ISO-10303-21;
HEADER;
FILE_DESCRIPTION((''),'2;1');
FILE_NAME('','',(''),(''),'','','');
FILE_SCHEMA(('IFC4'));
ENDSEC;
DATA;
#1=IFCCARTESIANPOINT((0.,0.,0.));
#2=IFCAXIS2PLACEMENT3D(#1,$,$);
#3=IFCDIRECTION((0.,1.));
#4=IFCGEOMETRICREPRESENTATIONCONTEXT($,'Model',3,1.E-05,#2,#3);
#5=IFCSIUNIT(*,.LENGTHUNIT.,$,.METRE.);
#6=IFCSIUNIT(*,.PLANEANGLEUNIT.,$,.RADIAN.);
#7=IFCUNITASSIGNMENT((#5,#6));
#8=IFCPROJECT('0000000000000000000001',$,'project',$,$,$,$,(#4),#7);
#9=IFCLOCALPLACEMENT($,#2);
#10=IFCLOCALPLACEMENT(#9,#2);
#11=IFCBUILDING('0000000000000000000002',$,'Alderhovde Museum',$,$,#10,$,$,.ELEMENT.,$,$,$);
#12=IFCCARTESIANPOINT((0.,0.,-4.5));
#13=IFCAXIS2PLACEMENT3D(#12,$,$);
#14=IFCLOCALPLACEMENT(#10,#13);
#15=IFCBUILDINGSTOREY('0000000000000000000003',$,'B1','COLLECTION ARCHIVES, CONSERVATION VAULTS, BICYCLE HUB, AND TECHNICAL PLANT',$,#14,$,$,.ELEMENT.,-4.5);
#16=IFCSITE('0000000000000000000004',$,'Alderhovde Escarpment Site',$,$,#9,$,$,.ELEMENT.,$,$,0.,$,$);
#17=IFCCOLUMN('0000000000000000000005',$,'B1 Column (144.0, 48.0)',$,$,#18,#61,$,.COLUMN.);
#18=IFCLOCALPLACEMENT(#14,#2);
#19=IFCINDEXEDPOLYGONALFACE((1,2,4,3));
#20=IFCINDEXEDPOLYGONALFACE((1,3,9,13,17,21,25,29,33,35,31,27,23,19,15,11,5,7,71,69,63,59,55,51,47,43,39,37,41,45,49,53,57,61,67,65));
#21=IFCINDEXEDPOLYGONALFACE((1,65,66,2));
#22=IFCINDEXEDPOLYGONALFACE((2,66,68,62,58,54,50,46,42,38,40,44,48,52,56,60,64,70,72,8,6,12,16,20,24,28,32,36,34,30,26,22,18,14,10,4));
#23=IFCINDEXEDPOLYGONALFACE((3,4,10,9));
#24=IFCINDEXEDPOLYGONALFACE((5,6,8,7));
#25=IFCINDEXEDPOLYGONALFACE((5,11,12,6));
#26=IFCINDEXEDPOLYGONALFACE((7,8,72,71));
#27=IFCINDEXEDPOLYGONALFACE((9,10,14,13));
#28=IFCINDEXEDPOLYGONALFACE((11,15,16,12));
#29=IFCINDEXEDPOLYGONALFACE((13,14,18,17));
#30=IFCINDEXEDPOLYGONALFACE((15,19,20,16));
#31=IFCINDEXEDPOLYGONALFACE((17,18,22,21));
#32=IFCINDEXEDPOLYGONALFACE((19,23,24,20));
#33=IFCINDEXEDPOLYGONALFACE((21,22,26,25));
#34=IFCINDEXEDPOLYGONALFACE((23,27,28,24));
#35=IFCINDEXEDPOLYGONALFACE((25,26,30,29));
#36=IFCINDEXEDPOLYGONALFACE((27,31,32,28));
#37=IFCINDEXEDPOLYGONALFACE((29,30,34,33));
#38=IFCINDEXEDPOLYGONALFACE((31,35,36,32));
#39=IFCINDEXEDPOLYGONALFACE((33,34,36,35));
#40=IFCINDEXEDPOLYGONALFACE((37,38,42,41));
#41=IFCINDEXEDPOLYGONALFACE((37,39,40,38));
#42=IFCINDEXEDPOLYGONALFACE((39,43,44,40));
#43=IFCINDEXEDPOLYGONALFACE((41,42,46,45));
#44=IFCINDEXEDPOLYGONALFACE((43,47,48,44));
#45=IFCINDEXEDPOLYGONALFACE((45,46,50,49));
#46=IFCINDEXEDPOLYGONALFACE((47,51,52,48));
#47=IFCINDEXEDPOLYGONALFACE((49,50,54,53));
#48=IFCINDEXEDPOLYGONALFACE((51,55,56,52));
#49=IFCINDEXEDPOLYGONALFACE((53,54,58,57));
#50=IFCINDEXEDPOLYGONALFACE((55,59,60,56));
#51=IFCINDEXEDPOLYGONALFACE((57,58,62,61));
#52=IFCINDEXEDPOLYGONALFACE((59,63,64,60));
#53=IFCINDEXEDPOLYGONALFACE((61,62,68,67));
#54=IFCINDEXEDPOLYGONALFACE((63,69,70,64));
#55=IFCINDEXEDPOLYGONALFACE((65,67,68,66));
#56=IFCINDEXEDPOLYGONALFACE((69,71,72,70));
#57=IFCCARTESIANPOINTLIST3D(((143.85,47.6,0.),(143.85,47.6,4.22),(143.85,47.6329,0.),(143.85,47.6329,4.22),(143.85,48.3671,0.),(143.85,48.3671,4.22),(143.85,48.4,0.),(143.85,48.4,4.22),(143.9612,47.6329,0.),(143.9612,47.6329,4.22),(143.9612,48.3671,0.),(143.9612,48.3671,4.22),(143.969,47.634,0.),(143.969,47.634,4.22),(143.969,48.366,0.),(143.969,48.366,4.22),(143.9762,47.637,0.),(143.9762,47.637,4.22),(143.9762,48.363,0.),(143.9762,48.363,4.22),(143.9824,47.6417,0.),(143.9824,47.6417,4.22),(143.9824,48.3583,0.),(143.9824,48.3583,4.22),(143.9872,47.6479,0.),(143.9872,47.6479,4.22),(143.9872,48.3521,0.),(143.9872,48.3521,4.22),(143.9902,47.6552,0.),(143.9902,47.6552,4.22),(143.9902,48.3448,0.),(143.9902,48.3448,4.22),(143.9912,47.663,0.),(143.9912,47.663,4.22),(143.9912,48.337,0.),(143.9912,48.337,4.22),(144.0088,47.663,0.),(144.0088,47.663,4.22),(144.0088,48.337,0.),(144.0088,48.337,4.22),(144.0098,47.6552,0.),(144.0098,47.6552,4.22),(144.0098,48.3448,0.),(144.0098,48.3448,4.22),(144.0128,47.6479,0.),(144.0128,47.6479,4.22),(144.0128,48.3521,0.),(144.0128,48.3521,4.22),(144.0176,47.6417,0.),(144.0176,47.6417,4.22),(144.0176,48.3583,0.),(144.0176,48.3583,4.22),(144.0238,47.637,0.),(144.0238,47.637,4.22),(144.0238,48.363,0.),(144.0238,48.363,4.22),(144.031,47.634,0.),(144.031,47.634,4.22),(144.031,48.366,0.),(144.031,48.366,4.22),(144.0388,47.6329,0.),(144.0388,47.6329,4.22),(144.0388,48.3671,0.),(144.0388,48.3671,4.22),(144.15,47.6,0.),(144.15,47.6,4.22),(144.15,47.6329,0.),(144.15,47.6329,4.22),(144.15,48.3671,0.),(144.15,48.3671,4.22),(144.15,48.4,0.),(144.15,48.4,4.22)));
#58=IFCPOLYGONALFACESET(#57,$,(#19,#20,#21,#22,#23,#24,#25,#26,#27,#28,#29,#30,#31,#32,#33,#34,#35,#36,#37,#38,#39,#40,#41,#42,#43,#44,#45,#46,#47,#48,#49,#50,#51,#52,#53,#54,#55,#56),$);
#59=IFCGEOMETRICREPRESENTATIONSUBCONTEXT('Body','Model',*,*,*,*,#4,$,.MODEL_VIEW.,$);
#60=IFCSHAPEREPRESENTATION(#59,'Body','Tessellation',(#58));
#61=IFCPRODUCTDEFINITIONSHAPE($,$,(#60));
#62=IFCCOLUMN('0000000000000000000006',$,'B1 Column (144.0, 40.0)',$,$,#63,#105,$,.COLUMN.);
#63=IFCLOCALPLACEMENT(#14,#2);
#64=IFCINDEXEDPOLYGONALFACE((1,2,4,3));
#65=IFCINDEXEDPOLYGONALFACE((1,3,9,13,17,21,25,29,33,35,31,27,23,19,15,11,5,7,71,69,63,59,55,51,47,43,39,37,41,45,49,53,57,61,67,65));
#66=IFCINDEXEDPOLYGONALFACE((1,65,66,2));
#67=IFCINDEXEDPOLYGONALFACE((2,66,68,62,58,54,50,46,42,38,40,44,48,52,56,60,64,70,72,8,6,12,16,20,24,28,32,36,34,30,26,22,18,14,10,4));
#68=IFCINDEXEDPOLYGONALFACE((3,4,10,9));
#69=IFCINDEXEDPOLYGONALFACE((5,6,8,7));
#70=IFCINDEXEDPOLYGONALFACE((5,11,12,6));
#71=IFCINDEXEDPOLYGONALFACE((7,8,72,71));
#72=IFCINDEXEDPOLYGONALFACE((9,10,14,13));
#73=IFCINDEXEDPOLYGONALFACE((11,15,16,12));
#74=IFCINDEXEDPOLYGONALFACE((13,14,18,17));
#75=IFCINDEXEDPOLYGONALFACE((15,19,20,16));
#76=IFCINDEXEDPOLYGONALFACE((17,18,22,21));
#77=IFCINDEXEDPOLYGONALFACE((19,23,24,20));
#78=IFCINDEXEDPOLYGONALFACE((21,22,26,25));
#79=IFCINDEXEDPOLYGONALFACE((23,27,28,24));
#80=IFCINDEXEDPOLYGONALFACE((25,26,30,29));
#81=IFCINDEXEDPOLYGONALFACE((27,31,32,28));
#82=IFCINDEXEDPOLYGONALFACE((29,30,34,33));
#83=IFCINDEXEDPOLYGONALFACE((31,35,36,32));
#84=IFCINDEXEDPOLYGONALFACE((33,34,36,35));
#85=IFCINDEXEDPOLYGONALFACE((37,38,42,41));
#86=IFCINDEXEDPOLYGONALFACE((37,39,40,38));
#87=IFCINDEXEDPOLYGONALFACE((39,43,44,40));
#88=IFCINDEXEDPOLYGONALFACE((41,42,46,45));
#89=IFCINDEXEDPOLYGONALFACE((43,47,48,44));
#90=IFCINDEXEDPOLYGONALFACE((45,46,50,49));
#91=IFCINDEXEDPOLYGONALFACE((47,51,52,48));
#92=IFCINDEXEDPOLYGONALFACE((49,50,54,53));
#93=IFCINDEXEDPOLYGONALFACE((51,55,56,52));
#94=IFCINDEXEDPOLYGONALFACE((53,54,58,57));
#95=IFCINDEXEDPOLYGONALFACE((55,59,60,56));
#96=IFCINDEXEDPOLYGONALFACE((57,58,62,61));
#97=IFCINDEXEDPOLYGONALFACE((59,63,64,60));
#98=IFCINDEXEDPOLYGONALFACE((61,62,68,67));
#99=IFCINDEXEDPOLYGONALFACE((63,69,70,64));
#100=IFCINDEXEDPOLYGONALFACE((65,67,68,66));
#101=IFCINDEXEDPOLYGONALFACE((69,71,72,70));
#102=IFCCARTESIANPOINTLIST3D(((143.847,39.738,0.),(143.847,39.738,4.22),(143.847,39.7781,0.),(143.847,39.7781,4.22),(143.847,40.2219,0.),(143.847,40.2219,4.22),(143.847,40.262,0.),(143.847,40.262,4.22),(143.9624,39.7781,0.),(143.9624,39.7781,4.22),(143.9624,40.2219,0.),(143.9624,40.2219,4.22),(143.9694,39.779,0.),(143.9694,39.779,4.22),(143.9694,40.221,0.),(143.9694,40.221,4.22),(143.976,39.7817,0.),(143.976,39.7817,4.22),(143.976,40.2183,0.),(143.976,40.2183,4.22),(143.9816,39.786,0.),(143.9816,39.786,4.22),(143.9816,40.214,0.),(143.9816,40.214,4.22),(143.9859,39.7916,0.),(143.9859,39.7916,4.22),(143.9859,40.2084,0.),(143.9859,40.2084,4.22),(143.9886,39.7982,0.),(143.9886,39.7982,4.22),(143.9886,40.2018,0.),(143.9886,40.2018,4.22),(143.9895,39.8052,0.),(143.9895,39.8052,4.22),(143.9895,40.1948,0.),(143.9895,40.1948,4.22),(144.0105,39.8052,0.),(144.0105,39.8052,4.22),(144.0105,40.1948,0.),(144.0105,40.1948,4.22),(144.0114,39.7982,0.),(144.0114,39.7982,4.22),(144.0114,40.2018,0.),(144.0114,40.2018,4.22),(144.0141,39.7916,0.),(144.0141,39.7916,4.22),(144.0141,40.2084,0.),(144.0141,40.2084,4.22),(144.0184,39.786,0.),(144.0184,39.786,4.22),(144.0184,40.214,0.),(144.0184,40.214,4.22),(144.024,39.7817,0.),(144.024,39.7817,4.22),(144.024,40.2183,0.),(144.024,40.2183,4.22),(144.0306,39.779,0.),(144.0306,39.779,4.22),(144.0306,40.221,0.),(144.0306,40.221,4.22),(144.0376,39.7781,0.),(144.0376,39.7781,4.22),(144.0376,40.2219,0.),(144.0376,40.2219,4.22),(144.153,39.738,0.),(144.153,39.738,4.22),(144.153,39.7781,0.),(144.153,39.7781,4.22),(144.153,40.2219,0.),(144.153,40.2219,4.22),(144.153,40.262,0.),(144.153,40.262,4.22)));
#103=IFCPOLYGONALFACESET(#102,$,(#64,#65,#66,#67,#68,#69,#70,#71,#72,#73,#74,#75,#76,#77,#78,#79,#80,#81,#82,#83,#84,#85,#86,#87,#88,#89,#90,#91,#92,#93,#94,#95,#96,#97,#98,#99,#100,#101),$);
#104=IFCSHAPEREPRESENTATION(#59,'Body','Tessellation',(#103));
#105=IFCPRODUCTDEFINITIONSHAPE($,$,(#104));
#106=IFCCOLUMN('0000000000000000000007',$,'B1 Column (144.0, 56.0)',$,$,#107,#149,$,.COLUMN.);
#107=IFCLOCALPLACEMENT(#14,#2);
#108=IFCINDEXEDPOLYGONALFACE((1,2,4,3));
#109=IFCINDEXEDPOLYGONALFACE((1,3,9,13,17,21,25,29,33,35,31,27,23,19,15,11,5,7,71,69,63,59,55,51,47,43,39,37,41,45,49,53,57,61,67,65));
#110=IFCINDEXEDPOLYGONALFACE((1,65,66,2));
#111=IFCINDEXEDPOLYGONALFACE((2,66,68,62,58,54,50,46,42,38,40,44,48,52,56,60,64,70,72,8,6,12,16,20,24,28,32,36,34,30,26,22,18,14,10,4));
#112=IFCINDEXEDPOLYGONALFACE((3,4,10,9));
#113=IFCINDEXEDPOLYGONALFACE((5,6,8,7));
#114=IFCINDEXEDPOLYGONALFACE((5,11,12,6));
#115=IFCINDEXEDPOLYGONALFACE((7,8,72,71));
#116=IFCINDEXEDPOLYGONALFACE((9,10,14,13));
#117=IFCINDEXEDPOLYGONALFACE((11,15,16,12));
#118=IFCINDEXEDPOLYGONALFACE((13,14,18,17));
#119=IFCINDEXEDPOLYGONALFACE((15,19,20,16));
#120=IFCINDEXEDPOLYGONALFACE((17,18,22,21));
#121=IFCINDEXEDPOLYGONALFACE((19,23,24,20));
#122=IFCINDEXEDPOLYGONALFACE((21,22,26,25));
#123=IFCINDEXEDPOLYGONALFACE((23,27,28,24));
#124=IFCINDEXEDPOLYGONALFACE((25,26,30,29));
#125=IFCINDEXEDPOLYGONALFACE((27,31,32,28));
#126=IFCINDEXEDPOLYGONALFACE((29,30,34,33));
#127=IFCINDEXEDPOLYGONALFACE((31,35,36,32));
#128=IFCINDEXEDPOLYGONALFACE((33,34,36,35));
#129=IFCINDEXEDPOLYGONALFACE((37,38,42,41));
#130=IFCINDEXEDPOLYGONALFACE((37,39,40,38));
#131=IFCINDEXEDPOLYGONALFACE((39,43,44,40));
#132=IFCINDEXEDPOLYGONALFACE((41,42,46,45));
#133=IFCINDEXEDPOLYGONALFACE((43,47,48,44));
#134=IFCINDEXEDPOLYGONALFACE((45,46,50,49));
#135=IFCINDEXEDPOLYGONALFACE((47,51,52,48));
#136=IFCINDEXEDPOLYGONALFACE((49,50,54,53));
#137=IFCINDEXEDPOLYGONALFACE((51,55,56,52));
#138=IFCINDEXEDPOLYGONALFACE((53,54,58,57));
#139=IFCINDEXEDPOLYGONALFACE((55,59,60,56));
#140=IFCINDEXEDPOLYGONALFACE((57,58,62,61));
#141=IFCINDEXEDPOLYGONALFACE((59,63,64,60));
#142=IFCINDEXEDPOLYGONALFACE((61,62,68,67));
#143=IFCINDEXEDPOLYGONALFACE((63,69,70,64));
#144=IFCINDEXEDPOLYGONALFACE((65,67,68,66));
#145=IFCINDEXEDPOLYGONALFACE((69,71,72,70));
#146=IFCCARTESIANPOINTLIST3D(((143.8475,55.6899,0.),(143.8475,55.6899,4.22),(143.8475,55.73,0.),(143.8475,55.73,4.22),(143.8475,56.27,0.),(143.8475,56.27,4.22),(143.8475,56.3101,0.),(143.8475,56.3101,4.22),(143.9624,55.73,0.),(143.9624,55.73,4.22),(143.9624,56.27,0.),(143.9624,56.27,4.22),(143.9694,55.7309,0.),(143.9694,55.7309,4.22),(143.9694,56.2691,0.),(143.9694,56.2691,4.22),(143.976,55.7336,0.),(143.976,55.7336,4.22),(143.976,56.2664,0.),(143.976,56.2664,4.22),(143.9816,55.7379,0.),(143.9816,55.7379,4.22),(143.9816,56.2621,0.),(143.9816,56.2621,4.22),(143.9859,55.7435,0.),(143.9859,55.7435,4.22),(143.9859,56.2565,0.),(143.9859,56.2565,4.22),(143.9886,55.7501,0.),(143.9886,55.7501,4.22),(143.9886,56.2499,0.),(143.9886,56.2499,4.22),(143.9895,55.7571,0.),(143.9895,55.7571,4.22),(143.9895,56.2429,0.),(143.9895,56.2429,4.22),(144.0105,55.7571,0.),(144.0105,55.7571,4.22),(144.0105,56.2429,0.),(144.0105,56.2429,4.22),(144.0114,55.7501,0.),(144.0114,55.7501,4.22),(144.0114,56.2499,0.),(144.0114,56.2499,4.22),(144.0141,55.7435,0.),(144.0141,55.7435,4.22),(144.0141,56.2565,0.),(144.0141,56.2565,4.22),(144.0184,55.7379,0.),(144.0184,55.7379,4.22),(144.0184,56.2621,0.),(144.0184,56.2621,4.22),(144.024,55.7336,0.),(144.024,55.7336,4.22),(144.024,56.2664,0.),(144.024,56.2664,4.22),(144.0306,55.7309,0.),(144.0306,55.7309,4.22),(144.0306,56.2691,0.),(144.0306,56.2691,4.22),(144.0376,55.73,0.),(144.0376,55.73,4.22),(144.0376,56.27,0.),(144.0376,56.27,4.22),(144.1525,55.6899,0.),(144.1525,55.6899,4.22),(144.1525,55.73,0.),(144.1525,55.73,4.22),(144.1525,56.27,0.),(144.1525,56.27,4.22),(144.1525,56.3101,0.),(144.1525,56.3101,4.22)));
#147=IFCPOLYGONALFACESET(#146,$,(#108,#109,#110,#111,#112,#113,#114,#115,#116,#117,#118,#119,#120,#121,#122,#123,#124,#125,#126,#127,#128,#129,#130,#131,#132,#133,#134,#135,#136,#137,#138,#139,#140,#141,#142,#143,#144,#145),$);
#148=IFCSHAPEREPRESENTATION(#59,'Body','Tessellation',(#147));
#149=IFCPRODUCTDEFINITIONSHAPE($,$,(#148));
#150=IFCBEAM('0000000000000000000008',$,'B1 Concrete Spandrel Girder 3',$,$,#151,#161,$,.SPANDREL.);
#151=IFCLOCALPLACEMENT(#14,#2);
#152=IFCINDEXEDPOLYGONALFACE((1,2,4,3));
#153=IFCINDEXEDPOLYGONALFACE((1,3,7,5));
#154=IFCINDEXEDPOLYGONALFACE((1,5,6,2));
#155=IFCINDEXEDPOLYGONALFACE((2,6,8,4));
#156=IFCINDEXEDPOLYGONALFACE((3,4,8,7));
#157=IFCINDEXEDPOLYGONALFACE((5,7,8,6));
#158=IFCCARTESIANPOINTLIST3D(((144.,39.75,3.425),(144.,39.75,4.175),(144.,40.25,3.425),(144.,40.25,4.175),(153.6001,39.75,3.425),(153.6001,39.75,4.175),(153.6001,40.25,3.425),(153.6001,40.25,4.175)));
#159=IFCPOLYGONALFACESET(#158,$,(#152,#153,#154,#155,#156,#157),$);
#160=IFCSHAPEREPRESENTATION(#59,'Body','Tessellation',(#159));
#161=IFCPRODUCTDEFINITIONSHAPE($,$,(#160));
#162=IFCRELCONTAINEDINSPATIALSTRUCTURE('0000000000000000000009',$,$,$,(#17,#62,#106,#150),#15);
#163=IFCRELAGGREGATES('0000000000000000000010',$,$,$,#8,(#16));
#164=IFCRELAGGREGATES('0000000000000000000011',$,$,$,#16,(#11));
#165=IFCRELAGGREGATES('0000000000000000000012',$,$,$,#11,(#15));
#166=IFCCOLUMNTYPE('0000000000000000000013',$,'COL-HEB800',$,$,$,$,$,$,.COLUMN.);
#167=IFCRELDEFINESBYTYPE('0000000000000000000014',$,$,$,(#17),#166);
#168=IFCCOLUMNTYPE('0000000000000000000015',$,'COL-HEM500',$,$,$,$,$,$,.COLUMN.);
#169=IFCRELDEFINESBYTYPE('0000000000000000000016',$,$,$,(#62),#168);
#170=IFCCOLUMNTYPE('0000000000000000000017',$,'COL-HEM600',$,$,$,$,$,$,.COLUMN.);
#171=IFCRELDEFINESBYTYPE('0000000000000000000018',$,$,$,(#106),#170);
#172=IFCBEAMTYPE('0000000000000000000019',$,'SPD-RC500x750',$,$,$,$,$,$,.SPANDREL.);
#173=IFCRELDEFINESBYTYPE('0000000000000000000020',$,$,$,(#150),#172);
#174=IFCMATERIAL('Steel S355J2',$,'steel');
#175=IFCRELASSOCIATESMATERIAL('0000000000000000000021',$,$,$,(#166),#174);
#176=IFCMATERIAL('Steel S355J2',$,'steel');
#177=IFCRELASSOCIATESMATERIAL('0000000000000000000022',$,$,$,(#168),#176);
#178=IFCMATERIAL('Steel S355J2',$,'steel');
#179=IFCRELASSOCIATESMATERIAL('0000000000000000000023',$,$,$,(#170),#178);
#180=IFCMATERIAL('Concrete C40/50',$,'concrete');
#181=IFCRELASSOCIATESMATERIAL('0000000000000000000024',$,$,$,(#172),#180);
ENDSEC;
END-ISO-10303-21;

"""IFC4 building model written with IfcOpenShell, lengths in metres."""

from ifc_helpers import new_model, si_unit, direction, frame, origin, origin_2d, place, context, subcontext, project, spatial, rectangle, i_section, extrude, material, material_profile, profile_set, type_object, element, save


model = new_model("IFC4")

# Units and contexts
model_context = context("Model", 3, precision=1e-05, world=origin(), true_north=direction((0.0, 1.0)))
body_context = subcontext(model_context, "Body", "Model", "MODEL_VIEW")
ifc_project = project(units=[si_unit("LENGTHUNIT", "METRE"), si_unit("PLANEANGLEUNIT", "RADIAN")], contexts=[model_context])

# Site, building, storey
site_placement = place(None, origin())
site = spatial("IfcSite", under=ifc_project, at=site_placement, Name="Alderhovde Escarpment Site", CompositionType="ELEMENT", RefElevation=0.0)
building_placement = place(site_placement, origin())
building = spatial("IfcBuilding", under=site, at=building_placement, Name="Alderhovde Museum", CompositionType="ELEMENT")
storey_placement = place(building_placement, frame((0.0, 0.0, -4.5)))
storey = spatial("IfcBuildingStorey", under=building, at=storey_placement, Name="B1", Description="COLLECTION ARCHIVES, CONSERVATION VAULTS, BICYCLE HUB, AND TECHNICAL PLANT", CompositionType="ELEMENT", Elevation=-4.5)

# Columns
ifc_material_1 = material(Name="Steel S355J2", Category="steel")
ifc_material_profile_1 = material_profile(ifc_material_1, i_section(OverallWidth=0.3, OverallDepth=0.8, WebThickness=0.0176, FlangeThickness=0.033, FilletRadius=0.03, at=origin_2d()), Name="HEB 800")
ifc_profile_set_1 = profile_set([ifc_material_profile_1], Name="Steel S355J2")
column_type_1 = type_object("IfcColumnType", Name="COL-HEB800", PredefinedType="COLUMN", material=ifc_profile_set_1)
column_1_placement = place(storey_placement, frame((144.0, 48.0, 0.0), z_axis=(0.0, 0.0, 1.0), x_axis=(1.0, 0.0, 0.0)))
element("IfcColumn", 1, at=column_1_placement, inside=storey, type_object=column_type_1, Name="B1 Column (144.0, 48.0)", PredefinedType="COLUMN", context=body_context, shape_type="SweptSolid", body=[
    extrude(i_section(OverallWidth=0.3, OverallDepth=0.8, WebThickness=0.0176, FlangeThickness=0.033, FilletRadius=0.03, at=origin_2d()), origin(), (0.0, 0.0, 1.0), 4.22),
])
ifc_material_2 = material(Name="Steel S355J2", Category="steel")
ifc_material_profile_2 = material_profile(ifc_material_2, i_section(OverallWidth=0.3059, OverallDepth=0.5239, WebThickness=0.021, FlangeThickness=0.04, FilletRadius=0.0271, at=origin_2d()), Name="HEM 500")
ifc_profile_set_2 = profile_set([ifc_material_profile_2], Name="Steel S355J2")
column_type_2 = type_object("IfcColumnType", Name="COL-HEM500", PredefinedType="COLUMN", material=ifc_profile_set_2)
column_2_placement = place(storey_placement, frame((144.0, 40.0, 0.0), z_axis=(0.0, 0.0, 1.0), x_axis=(1.0, 0.0, 0.0)))
element("IfcColumn", 2, at=column_2_placement, inside=storey, type_object=column_type_2, Name="B1 Column (144.0, 40.0)", PredefinedType="COLUMN", context=body_context, shape_type="SweptSolid", body=[
    extrude(i_section(OverallWidth=0.3059, OverallDepth=0.5239, WebThickness=0.021, FlangeThickness=0.04, FilletRadius=0.0271, at=origin_2d()), origin(), (0.0, 0.0, 1.0), 4.22),
])
ifc_material_3 = material(Name="Steel S355J2", Category="steel")
ifc_material_profile_3 = material_profile(ifc_material_3, i_section(OverallWidth=0.3049, OverallDepth=0.6201, WebThickness=0.021, FlangeThickness=0.04, FilletRadius=0.0271, at=origin_2d()), Name="HEM 600")
ifc_profile_set_3 = profile_set([ifc_material_profile_3], Name="Steel S355J2")
column_type_3 = type_object("IfcColumnType", Name="COL-HEM600", PredefinedType="COLUMN", material=ifc_profile_set_3)
column_3_placement = place(storey_placement, frame((144.0, 56.0, 0.0), z_axis=(0.0, 0.0, 1.0), x_axis=(1.0, 0.0, 0.0)))
element("IfcColumn", 3, at=column_3_placement, inside=storey, type_object=column_type_3, Name="B1 Column (144.0, 56.0)", PredefinedType="COLUMN", context=body_context, shape_type="SweptSolid", body=[
    extrude(i_section(OverallWidth=0.3049, OverallDepth=0.6201, WebThickness=0.021, FlangeThickness=0.04, FilletRadius=0.0271, at=origin_2d()), origin(), (0.0, 0.0, 1.0), 4.22),
])

# Beam
ifc_material_4 = material(Name="Concrete C40/50", Category="concrete")
ifc_material_profile_4 = material_profile(ifc_material_4, rectangle(XDim=0.5, YDim=0.75, at=origin_2d()), Name="RC 500x750")
ifc_profile_set_4 = profile_set([ifc_material_profile_4], Name="Concrete C40/50")
beam_type = type_object("IfcBeamType", Name="SPD-RC500x750", PredefinedType="SPANDREL", material=ifc_profile_set_4)
beam_placement = place(storey_placement, frame((144.0, 40.0, 3.8), z_axis=(1.0, 0.0, 0.0), x_axis=(0.0, 1.0, 0.0)))
element("IfcBeam", 4, at=beam_placement, inside=storey, type_object=beam_type, Name="B1 Concrete Spandrel Girder 3", PredefinedType="SPANDREL", context=body_context, shape_type="SweptSolid", body=[
    extrude(rectangle(XDim=0.5, YDim=0.75, at=origin_2d()), origin(), (0.0, 0.0, 1.0), 9.6001),
])

save(model, "model.ifc")
